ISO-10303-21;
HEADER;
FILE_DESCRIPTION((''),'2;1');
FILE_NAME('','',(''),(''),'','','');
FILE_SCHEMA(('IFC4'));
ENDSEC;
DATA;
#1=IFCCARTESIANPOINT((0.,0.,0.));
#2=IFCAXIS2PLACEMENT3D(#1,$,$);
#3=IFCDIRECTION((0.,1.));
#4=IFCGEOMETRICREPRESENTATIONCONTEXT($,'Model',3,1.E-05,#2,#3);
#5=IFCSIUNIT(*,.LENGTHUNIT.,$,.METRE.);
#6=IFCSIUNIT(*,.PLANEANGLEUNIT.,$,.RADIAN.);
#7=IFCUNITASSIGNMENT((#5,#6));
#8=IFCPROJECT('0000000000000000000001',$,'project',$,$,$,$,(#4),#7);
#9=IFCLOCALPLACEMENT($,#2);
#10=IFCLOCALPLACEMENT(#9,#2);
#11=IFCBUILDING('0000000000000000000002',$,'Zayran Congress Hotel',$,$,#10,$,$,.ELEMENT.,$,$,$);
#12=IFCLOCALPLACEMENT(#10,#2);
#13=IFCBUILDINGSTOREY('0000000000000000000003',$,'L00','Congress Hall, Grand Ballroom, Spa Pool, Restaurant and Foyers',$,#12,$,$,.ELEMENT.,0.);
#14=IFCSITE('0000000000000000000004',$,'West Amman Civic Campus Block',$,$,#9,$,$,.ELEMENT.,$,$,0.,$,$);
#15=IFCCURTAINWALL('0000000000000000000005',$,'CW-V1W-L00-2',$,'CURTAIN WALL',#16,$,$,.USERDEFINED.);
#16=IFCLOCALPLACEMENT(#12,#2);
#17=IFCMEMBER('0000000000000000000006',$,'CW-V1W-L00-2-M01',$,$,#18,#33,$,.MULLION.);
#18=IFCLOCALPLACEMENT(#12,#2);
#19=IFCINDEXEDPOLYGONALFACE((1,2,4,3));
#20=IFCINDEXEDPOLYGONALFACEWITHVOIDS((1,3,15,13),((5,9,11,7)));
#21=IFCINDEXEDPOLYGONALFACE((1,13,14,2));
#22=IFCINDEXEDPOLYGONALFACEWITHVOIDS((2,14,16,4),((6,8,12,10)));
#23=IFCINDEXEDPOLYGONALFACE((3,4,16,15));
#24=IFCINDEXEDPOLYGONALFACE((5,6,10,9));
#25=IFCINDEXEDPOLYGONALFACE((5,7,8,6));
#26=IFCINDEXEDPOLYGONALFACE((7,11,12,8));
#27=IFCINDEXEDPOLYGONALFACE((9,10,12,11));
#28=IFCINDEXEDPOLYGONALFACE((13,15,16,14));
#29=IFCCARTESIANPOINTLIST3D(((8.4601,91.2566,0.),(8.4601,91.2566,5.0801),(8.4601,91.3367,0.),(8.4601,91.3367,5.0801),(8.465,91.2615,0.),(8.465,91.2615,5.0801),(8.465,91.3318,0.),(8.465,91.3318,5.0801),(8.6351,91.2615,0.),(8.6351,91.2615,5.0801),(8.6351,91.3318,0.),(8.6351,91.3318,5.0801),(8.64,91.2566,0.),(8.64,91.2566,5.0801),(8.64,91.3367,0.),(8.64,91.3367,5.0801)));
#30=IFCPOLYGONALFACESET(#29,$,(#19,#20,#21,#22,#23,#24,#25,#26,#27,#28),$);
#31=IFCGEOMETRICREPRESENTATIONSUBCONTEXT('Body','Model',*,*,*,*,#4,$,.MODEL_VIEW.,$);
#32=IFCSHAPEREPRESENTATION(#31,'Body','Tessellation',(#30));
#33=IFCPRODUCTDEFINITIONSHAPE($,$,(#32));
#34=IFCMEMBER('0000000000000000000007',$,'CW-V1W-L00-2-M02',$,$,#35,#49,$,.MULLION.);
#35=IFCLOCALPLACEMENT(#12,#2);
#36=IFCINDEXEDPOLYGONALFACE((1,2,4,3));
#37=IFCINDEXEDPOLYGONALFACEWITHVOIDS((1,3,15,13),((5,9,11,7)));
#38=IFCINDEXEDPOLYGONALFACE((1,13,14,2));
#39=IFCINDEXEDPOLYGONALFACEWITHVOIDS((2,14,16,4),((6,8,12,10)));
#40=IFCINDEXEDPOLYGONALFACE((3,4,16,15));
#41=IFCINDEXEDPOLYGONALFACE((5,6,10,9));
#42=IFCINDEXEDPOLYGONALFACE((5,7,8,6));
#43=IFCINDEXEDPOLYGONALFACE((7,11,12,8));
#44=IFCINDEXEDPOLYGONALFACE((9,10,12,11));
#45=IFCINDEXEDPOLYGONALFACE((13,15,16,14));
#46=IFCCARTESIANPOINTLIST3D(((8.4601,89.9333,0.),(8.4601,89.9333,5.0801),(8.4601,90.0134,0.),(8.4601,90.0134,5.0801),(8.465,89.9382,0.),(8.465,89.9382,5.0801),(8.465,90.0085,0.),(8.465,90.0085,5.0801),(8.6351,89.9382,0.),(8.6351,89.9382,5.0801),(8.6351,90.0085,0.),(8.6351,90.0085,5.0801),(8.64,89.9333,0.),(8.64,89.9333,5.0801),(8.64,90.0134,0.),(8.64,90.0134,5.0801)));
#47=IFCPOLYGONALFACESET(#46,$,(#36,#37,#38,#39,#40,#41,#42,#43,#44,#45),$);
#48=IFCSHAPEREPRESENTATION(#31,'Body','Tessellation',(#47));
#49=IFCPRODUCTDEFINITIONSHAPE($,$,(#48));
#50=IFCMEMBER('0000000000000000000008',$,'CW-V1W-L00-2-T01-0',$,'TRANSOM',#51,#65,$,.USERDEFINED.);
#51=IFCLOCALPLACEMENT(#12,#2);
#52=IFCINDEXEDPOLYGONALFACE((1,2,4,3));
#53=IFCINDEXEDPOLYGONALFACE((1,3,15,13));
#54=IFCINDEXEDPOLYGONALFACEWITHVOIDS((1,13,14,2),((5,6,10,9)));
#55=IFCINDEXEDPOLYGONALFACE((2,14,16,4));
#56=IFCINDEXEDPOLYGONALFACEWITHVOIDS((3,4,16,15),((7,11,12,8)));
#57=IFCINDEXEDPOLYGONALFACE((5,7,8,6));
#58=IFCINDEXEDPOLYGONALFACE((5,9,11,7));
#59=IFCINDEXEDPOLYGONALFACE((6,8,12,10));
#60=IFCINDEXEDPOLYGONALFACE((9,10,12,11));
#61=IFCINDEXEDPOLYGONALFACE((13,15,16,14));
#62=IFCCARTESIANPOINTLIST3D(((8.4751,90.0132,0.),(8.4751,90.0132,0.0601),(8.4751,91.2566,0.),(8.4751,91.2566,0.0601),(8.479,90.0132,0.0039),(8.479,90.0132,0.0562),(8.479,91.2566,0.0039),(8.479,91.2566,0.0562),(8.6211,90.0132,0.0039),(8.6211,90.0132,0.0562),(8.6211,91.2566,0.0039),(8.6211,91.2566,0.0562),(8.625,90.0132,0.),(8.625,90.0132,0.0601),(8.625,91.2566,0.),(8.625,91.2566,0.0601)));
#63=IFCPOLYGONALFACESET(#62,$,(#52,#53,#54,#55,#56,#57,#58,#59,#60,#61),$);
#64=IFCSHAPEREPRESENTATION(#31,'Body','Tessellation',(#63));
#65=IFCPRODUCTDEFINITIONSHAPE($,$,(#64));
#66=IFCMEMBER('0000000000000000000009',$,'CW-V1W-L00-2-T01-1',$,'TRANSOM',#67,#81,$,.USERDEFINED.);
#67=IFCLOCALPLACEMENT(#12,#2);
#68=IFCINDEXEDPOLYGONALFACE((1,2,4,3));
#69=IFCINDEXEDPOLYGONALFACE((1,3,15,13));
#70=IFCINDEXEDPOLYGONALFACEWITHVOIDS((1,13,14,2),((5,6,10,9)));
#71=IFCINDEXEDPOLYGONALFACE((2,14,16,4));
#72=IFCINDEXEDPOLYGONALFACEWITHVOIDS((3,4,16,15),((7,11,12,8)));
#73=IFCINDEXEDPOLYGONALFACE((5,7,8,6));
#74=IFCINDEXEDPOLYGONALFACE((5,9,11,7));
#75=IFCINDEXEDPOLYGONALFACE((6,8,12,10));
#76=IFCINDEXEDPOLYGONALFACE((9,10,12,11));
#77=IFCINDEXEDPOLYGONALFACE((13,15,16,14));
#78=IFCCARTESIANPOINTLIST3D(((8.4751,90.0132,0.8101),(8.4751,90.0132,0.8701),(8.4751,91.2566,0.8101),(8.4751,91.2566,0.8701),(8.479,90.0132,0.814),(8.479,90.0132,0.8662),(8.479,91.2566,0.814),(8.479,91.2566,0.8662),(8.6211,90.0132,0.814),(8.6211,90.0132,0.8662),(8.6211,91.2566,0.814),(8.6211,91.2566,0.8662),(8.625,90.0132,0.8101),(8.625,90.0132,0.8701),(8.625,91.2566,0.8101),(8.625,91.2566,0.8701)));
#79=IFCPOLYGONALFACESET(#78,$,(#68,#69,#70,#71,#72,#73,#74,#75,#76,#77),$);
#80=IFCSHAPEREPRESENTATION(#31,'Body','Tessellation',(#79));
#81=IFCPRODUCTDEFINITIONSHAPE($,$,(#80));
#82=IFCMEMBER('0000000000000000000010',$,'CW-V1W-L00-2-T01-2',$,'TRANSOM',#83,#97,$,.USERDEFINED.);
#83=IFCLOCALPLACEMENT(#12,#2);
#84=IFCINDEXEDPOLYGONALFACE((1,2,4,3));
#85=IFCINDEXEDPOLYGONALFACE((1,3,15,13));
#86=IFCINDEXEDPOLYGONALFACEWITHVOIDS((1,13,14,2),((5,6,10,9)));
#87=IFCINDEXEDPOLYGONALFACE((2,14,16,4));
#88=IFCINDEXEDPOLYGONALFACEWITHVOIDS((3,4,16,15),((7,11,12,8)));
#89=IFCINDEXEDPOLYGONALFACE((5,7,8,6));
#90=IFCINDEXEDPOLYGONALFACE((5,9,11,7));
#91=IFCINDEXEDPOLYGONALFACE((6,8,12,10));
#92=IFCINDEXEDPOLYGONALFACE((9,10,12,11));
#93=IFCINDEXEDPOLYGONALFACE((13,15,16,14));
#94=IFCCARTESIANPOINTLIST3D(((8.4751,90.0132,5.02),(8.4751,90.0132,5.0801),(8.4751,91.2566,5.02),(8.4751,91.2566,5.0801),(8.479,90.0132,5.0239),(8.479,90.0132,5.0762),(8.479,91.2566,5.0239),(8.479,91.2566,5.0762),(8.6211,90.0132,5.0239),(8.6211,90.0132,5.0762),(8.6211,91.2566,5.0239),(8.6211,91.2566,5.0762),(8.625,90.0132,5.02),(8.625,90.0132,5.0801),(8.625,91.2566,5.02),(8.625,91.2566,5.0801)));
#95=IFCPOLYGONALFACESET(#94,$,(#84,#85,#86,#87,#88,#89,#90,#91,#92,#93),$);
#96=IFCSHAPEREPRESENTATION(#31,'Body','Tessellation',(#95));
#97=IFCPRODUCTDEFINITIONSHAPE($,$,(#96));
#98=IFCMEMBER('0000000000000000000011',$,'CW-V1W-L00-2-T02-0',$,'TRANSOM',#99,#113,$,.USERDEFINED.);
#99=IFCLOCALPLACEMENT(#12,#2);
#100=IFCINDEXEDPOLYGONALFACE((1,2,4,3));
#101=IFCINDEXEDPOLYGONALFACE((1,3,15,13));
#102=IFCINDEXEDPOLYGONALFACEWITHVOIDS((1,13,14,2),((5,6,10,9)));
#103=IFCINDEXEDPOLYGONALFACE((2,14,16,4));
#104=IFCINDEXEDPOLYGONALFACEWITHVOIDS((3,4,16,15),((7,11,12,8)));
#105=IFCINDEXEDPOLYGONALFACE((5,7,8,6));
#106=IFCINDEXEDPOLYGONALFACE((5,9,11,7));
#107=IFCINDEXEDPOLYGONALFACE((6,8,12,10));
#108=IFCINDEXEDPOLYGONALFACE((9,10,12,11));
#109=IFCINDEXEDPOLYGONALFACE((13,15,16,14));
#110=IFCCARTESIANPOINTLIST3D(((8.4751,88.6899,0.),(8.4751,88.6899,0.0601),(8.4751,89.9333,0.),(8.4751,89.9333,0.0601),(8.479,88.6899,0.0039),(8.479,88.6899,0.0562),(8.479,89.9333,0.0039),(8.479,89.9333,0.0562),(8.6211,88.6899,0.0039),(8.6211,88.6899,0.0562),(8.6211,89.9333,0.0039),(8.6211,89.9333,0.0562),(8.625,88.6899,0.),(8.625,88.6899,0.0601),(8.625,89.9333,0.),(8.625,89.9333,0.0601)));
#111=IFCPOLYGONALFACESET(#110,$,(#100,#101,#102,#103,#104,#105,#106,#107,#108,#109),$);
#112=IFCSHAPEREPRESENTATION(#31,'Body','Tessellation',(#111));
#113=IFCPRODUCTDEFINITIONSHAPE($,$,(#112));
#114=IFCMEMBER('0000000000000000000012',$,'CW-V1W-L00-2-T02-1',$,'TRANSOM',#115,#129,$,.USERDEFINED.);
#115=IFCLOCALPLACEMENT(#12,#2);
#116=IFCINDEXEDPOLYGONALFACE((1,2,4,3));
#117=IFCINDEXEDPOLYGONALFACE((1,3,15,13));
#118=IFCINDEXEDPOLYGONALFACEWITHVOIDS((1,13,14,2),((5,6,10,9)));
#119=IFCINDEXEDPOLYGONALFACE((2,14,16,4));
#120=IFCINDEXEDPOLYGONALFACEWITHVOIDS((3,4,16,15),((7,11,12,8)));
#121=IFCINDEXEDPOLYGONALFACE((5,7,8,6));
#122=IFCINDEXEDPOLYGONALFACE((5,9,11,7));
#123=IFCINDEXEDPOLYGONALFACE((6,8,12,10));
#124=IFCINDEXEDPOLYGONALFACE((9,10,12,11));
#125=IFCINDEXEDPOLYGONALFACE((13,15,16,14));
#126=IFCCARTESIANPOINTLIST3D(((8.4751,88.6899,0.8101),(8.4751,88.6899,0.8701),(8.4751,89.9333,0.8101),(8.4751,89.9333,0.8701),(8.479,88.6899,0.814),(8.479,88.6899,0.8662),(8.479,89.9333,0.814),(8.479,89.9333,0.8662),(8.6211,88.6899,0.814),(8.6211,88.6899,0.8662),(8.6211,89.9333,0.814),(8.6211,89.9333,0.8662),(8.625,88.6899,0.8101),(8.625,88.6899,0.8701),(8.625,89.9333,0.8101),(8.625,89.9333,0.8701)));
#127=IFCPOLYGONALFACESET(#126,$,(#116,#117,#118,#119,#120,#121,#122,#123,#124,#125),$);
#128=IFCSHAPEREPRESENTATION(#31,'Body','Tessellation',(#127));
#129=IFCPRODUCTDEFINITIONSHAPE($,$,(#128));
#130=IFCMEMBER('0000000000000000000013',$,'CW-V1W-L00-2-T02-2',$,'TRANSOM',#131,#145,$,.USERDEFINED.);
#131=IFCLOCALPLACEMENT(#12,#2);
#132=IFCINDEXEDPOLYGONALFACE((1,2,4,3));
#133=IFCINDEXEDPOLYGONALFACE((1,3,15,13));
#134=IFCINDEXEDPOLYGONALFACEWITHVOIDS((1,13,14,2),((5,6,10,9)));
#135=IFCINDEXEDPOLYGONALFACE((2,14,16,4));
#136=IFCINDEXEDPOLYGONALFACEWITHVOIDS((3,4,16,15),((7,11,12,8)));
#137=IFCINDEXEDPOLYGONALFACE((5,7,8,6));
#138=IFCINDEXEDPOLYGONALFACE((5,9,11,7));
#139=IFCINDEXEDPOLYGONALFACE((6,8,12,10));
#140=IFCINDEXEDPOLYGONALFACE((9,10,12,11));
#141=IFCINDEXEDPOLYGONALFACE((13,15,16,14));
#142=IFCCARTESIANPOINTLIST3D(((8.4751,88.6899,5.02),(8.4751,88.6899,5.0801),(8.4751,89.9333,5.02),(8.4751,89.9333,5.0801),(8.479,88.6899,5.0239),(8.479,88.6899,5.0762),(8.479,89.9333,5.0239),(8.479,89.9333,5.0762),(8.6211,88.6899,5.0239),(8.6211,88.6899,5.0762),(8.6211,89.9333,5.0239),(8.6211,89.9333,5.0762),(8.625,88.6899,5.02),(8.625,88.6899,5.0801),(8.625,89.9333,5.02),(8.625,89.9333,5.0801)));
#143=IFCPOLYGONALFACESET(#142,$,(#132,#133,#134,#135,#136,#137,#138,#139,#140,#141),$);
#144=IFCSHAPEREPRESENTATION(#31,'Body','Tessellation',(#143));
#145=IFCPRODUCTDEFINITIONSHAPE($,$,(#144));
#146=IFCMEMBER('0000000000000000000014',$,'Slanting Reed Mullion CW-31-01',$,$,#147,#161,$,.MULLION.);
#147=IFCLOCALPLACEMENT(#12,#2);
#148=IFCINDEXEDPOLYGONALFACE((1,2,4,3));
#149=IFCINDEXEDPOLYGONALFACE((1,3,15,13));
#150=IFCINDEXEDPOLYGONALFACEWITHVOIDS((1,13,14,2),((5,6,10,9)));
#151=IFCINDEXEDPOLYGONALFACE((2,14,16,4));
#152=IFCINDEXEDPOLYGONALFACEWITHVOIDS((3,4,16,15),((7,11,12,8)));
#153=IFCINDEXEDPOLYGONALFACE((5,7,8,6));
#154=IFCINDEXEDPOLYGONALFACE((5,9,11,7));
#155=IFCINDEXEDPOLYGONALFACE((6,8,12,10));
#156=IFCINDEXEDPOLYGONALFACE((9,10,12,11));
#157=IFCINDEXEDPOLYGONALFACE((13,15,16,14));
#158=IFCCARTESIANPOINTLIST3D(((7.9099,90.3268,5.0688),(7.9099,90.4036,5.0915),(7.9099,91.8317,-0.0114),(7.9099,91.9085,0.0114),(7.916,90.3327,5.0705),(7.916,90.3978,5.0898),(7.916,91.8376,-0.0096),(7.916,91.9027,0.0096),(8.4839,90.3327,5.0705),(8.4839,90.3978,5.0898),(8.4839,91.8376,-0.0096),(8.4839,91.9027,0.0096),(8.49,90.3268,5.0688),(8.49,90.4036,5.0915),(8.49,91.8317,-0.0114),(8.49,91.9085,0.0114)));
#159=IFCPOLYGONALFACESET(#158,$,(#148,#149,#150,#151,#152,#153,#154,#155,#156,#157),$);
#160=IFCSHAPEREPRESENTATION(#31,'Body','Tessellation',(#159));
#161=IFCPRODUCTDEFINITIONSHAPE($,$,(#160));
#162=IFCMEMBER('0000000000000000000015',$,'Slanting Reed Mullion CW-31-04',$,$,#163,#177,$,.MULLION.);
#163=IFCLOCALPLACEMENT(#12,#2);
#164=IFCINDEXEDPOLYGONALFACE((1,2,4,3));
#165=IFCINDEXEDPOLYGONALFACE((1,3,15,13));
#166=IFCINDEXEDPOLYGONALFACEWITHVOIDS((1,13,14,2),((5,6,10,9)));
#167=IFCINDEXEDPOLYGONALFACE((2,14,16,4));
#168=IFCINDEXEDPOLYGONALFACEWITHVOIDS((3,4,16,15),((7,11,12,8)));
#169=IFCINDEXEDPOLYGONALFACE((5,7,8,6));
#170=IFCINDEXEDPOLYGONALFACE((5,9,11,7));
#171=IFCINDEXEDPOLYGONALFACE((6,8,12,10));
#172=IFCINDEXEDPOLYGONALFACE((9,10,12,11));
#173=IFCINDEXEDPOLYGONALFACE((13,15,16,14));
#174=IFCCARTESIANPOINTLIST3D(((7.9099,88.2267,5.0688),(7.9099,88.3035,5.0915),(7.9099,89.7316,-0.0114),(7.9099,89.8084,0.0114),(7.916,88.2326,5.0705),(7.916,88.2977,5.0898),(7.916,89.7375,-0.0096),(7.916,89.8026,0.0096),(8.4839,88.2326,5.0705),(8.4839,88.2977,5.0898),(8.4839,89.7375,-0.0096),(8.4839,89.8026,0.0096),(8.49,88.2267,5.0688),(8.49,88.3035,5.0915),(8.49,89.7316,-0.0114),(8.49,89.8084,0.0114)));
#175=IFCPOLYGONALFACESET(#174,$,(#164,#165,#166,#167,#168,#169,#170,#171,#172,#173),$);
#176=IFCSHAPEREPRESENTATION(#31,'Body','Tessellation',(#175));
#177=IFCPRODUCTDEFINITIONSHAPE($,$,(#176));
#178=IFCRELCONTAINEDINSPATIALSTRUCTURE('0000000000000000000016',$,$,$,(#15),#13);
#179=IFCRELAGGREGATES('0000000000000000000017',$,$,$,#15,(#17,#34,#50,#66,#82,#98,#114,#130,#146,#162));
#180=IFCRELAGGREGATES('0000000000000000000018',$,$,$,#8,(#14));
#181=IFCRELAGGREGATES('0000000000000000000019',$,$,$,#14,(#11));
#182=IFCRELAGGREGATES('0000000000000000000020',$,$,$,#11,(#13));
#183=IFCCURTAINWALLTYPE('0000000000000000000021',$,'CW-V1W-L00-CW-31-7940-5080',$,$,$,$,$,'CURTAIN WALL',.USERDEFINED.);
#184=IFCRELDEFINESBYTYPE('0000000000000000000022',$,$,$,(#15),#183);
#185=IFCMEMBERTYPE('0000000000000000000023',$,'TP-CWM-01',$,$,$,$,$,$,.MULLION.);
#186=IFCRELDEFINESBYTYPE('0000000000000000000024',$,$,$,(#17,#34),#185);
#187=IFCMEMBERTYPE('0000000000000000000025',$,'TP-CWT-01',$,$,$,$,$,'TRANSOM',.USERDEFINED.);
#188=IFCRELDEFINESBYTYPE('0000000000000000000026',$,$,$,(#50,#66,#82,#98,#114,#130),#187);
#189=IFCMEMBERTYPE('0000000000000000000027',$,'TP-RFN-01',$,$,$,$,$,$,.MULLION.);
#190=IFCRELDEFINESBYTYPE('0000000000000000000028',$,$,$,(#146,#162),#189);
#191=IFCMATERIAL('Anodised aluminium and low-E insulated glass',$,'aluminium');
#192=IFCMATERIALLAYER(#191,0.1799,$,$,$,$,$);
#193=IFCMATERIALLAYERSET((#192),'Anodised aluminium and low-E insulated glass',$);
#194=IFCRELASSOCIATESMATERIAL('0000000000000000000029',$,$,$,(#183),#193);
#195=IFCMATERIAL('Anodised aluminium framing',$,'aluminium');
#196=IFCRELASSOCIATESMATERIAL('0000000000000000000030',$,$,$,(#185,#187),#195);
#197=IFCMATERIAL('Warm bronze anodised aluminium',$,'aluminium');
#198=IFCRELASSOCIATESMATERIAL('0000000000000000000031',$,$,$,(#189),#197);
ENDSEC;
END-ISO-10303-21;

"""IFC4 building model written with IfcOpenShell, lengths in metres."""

from ifc_helpers import new_model, si_unit, direction, frame, origin, origin_2d, place, context, subcontext, project, spatial, hollow_rectangle, extrude, material, layer, layer_set, material_profile, profile_set, type_object, element, aggregate, save


model = new_model("IFC4")

# Units and contexts
model_context = context("Model", 3, precision=1e-05, world=origin(), true_north=direction((0.0, 1.0)))
body_context = subcontext(model_context, "Body", "Model", "MODEL_VIEW")
ifc_project = project(units=[si_unit("LENGTHUNIT", "METRE"), si_unit("PLANEANGLEUNIT", "RADIAN")], contexts=[model_context])

# Site, building, storey
site_placement = place(None, origin())
site = spatial("IfcSite", under=ifc_project, at=site_placement, Name="West Amman Civic Campus Block", CompositionType="ELEMENT", RefElevation=0.0)
building_placement = place(site_placement, origin())
building = spatial("IfcBuilding", under=site, at=building_placement, Name="Zayran Congress Hotel", CompositionType="ELEMENT")
storey_placement = place(building_placement, origin())
storey = spatial("IfcBuildingStorey", under=building, at=storey_placement, Name="L00", Description="Congress Hall, Grand Ballroom, Spa Pool, Restaurant and Foyers", CompositionType="ELEMENT", Elevation=0.0)

# Curtain wall, members
ifc_material_1 = material(Name="Anodised aluminium and low-E insulated glass", Category="aluminium")
ifc_layer_1 = layer(ifc_material_1, 0.1799)
ifc_layer_set_1 = layer_set([ifc_layer_1], Name="Anodised aluminium and low-E insulated glass")
curtain_wall_type_1 = type_object("IfcCurtainWallType", Name="CW-V1W-L00-CW-31-7940-5080", ElementType="CURTAIN WALL", PredefinedType="USERDEFINED", material=ifc_layer_set_1)
curtain_wall_1_placement = place(storey_placement, origin())
curtain_wall_1 = element("IfcCurtainWall", 1, at=curtain_wall_1_placement, inside=storey, type_object=curtain_wall_type_1, Name="CW-V1W-L00-2", ObjectType="CURTAIN WALL", PredefinedType="USERDEFINED")
ifc_material_2 = material(Name="Anodised aluminium framing", Category="aluminium")
ifc_material_profile_1 = material_profile(ifc_material_2, hollow_rectangle(XDim=0.0801, YDim=0.1799, WallThickness=0.0049, at=origin_2d()), Name="RHS 180x80x5")
ifc_profile_set_1 = profile_set([ifc_material_profile_1], Name="Anodised aluminium framing")
member_type_1 = type_object("IfcMemberType", Name="TP-CWM-01", PredefinedType="MULLION", material=ifc_profile_set_1)
member_1_placement = place(storey_placement, frame((8.55, 91.2966, 0.0), z_axis=(0.0, 0.0, 1.0), x_axis=(0.0, 1.0, 0.0)))
member_1 = element("IfcMember", 2, at=member_1_placement, type_object=member_type_1, Name="CW-V1W-L00-2-M01", PredefinedType="MULLION", context=body_context, shape_type="SweptSolid", body=[
    extrude(hollow_rectangle(XDim=0.0801, YDim=0.1799, WallThickness=0.0049, at=origin_2d()), origin(), (0.0, 0.0, 1.0), 5.0801),
])
member_2_placement = place(storey_placement, frame((8.55, 89.9734, 0.0), z_axis=(0.0, 0.0, 1.0), x_axis=(0.0, 1.0, 0.0)))
member_2 = element("IfcMember", 3, at=member_2_placement, type_object=member_type_1, Name="CW-V1W-L00-2-M02", PredefinedType="MULLION", context=body_context, shape_type="SweptSolid", body=[
    extrude(hollow_rectangle(XDim=0.0801, YDim=0.1799, WallThickness=0.0049, at=origin_2d()), origin(), (0.0, 0.0, 1.0), 5.0801),
])
ifc_material_profile_2 = material_profile(ifc_material_2, hollow_rectangle(XDim=0.0601, YDim=0.1499, WallThickness=0.0039, at=origin_2d()), Name="RHS 150x60x4")
ifc_profile_set_2 = profile_set([ifc_material_profile_2], Name="Anodised aluminium framing")
member_type_2 = type_object("IfcMemberType", Name="TP-CWT-01", ElementType="TRANSOM", PredefinedType="USERDEFINED", material=ifc_profile_set_2)
member_3_placement = place(storey_placement, frame((8.55, 91.2566, 0.03), z_axis=(0.0, -1.0, 0.0), x_axis=(0.0, 0.0, 1.0)))
member_3 = element("IfcMember", 4, at=member_3_placement, type_object=member_type_2, Name="CW-V1W-L00-2-T01-0", ObjectType="TRANSOM", PredefinedType="USERDEFINED", context=body_context, shape_type="SweptSolid", body=[
    extrude(hollow_rectangle(XDim=0.0601, YDim=0.1499, WallThickness=0.0039, at=origin_2d()), origin(), (0.0, 0.0, 1.0), 1.2434),
])
member_4_placement = place(storey_placement, frame((8.55, 91.2566, 0.8401), z_axis=(0.0, -1.0, 0.0), x_axis=(0.0, 0.0, 1.0)))
member_4 = element("IfcMember", 5, at=member_4_placement, type_object=member_type_2, Name="CW-V1W-L00-2-T01-1", ObjectType="TRANSOM", PredefinedType="USERDEFINED", context=body_context, shape_type="SweptSolid", body=[
    extrude(hollow_rectangle(XDim=0.0601, YDim=0.1499, WallThickness=0.0039, at=origin_2d()), origin(), (0.0, 0.0, 1.0), 1.2434),
])
member_5_placement = place(storey_placement, frame((8.55, 91.2566, 5.05), z_axis=(0.0, -1.0, 0.0), x_axis=(0.0, 0.0, 1.0)))
member_5 = element("IfcMember", 6, at=member_5_placement, type_object=member_type_2, Name="CW-V1W-L00-2-T01-2", ObjectType="TRANSOM", PredefinedType="USERDEFINED", context=body_context, shape_type="SweptSolid", body=[
    extrude(hollow_rectangle(XDim=0.0601, YDim=0.1499, WallThickness=0.0039, at=origin_2d()), origin(), (0.0, 0.0, 1.0), 1.2434),
])
member_6_placement = place(storey_placement, frame((8.55, 89.9333, 0.03), z_axis=(0.0, -1.0, 0.0), x_axis=(0.0, 0.0, 1.0)))
member_6 = element("IfcMember", 7, at=member_6_placement, type_object=member_type_2, Name="CW-V1W-L00-2-T02-0", ObjectType="TRANSOM", PredefinedType="USERDEFINED", context=body_context, shape_type="SweptSolid", body=[
    extrude(hollow_rectangle(XDim=0.0601, YDim=0.1499, WallThickness=0.0039, at=origin_2d()), origin(), (0.0, 0.0, 1.0), 1.2434),
])
member_7_placement = place(storey_placement, frame((8.55, 89.9333, 0.8401), z_axis=(0.0, -1.0, 0.0), x_axis=(0.0, 0.0, 1.0)))
member_7 = element("IfcMember", 8, at=member_7_placement, type_object=member_type_2, Name="CW-V1W-L00-2-T02-1", ObjectType="TRANSOM", PredefinedType="USERDEFINED", context=body_context, shape_type="SweptSolid", body=[
    extrude(hollow_rectangle(XDim=0.0601, YDim=0.1499, WallThickness=0.0039, at=origin_2d()), origin(), (0.0, 0.0, 1.0), 1.2434),
])
member_8_placement = place(storey_placement, frame((8.55, 89.9333, 5.05), z_axis=(0.0, -1.0, 0.0), x_axis=(0.0, 0.0, 1.0)))
member_8 = element("IfcMember", 9, at=member_8_placement, type_object=member_type_2, Name="CW-V1W-L00-2-T02-2", ObjectType="TRANSOM", PredefinedType="USERDEFINED", context=body_context, shape_type="SweptSolid", body=[
    extrude(hollow_rectangle(XDim=0.0601, YDim=0.1499, WallThickness=0.0039, at=origin_2d()), origin(), (0.0, 0.0, 1.0), 1.2434),
])
ifc_material_3 = material(Name="Warm bronze anodised aluminium", Category="aluminium")
ifc_material_profile_3 = material_profile(ifc_material_3, hollow_rectangle(XDim=0.0801, YDim=0.5801, WallThickness=0.0061, at=origin_2d()), Name="RHS 580x80x6")
ifc_profile_set_3 = profile_set([ifc_material_profile_3], Name="Warm bronze anodised aluminium")
member_type_3 = type_object("IfcMemberType", Name="TP-RFN-01", PredefinedType="MULLION", material=ifc_profile_set_3)
member_9_placement = place(storey_placement, frame((8.2, 91.8701, 0.0), z_axis=(0.0, -0.284032, 0.958815), x_axis=(0.0, 0.958815, 0.284032)))
member_9 = element("IfcMember", 10, at=member_9_placement, type_object=member_type_3, Name="Slanting Reed Mullion CW-31-01", PredefinedType="MULLION", context=body_context, shape_type="SweptSolid", body=[
    extrude(hollow_rectangle(XDim=0.0801, YDim=0.5801, WallThickness=0.0061, at=origin_2d()), origin(), (0.0, 0.0, 1.0), 5.2983),
])
member_10_placement = place(storey_placement, frame((8.2, 89.77, 0.0), z_axis=(0.0, -0.284032, 0.958815), x_axis=(0.0, 0.958815, 0.284032)))
member_10 = element("IfcMember", 11, at=member_10_placement, type_object=member_type_3, Name="Slanting Reed Mullion CW-31-04", PredefinedType="MULLION", context=body_context, shape_type="SweptSolid", body=[
    extrude(hollow_rectangle(XDim=0.0801, YDim=0.5801, WallThickness=0.0061, at=origin_2d()), origin(), (0.0, 0.0, 1.0), 5.2983),
])

aggregate(curtain_wall_1, [member_1, member_2, member_3, member_4, member_5, member_6, member_7, member_8, member_9, member_10])

save(model, "model.ifc")
